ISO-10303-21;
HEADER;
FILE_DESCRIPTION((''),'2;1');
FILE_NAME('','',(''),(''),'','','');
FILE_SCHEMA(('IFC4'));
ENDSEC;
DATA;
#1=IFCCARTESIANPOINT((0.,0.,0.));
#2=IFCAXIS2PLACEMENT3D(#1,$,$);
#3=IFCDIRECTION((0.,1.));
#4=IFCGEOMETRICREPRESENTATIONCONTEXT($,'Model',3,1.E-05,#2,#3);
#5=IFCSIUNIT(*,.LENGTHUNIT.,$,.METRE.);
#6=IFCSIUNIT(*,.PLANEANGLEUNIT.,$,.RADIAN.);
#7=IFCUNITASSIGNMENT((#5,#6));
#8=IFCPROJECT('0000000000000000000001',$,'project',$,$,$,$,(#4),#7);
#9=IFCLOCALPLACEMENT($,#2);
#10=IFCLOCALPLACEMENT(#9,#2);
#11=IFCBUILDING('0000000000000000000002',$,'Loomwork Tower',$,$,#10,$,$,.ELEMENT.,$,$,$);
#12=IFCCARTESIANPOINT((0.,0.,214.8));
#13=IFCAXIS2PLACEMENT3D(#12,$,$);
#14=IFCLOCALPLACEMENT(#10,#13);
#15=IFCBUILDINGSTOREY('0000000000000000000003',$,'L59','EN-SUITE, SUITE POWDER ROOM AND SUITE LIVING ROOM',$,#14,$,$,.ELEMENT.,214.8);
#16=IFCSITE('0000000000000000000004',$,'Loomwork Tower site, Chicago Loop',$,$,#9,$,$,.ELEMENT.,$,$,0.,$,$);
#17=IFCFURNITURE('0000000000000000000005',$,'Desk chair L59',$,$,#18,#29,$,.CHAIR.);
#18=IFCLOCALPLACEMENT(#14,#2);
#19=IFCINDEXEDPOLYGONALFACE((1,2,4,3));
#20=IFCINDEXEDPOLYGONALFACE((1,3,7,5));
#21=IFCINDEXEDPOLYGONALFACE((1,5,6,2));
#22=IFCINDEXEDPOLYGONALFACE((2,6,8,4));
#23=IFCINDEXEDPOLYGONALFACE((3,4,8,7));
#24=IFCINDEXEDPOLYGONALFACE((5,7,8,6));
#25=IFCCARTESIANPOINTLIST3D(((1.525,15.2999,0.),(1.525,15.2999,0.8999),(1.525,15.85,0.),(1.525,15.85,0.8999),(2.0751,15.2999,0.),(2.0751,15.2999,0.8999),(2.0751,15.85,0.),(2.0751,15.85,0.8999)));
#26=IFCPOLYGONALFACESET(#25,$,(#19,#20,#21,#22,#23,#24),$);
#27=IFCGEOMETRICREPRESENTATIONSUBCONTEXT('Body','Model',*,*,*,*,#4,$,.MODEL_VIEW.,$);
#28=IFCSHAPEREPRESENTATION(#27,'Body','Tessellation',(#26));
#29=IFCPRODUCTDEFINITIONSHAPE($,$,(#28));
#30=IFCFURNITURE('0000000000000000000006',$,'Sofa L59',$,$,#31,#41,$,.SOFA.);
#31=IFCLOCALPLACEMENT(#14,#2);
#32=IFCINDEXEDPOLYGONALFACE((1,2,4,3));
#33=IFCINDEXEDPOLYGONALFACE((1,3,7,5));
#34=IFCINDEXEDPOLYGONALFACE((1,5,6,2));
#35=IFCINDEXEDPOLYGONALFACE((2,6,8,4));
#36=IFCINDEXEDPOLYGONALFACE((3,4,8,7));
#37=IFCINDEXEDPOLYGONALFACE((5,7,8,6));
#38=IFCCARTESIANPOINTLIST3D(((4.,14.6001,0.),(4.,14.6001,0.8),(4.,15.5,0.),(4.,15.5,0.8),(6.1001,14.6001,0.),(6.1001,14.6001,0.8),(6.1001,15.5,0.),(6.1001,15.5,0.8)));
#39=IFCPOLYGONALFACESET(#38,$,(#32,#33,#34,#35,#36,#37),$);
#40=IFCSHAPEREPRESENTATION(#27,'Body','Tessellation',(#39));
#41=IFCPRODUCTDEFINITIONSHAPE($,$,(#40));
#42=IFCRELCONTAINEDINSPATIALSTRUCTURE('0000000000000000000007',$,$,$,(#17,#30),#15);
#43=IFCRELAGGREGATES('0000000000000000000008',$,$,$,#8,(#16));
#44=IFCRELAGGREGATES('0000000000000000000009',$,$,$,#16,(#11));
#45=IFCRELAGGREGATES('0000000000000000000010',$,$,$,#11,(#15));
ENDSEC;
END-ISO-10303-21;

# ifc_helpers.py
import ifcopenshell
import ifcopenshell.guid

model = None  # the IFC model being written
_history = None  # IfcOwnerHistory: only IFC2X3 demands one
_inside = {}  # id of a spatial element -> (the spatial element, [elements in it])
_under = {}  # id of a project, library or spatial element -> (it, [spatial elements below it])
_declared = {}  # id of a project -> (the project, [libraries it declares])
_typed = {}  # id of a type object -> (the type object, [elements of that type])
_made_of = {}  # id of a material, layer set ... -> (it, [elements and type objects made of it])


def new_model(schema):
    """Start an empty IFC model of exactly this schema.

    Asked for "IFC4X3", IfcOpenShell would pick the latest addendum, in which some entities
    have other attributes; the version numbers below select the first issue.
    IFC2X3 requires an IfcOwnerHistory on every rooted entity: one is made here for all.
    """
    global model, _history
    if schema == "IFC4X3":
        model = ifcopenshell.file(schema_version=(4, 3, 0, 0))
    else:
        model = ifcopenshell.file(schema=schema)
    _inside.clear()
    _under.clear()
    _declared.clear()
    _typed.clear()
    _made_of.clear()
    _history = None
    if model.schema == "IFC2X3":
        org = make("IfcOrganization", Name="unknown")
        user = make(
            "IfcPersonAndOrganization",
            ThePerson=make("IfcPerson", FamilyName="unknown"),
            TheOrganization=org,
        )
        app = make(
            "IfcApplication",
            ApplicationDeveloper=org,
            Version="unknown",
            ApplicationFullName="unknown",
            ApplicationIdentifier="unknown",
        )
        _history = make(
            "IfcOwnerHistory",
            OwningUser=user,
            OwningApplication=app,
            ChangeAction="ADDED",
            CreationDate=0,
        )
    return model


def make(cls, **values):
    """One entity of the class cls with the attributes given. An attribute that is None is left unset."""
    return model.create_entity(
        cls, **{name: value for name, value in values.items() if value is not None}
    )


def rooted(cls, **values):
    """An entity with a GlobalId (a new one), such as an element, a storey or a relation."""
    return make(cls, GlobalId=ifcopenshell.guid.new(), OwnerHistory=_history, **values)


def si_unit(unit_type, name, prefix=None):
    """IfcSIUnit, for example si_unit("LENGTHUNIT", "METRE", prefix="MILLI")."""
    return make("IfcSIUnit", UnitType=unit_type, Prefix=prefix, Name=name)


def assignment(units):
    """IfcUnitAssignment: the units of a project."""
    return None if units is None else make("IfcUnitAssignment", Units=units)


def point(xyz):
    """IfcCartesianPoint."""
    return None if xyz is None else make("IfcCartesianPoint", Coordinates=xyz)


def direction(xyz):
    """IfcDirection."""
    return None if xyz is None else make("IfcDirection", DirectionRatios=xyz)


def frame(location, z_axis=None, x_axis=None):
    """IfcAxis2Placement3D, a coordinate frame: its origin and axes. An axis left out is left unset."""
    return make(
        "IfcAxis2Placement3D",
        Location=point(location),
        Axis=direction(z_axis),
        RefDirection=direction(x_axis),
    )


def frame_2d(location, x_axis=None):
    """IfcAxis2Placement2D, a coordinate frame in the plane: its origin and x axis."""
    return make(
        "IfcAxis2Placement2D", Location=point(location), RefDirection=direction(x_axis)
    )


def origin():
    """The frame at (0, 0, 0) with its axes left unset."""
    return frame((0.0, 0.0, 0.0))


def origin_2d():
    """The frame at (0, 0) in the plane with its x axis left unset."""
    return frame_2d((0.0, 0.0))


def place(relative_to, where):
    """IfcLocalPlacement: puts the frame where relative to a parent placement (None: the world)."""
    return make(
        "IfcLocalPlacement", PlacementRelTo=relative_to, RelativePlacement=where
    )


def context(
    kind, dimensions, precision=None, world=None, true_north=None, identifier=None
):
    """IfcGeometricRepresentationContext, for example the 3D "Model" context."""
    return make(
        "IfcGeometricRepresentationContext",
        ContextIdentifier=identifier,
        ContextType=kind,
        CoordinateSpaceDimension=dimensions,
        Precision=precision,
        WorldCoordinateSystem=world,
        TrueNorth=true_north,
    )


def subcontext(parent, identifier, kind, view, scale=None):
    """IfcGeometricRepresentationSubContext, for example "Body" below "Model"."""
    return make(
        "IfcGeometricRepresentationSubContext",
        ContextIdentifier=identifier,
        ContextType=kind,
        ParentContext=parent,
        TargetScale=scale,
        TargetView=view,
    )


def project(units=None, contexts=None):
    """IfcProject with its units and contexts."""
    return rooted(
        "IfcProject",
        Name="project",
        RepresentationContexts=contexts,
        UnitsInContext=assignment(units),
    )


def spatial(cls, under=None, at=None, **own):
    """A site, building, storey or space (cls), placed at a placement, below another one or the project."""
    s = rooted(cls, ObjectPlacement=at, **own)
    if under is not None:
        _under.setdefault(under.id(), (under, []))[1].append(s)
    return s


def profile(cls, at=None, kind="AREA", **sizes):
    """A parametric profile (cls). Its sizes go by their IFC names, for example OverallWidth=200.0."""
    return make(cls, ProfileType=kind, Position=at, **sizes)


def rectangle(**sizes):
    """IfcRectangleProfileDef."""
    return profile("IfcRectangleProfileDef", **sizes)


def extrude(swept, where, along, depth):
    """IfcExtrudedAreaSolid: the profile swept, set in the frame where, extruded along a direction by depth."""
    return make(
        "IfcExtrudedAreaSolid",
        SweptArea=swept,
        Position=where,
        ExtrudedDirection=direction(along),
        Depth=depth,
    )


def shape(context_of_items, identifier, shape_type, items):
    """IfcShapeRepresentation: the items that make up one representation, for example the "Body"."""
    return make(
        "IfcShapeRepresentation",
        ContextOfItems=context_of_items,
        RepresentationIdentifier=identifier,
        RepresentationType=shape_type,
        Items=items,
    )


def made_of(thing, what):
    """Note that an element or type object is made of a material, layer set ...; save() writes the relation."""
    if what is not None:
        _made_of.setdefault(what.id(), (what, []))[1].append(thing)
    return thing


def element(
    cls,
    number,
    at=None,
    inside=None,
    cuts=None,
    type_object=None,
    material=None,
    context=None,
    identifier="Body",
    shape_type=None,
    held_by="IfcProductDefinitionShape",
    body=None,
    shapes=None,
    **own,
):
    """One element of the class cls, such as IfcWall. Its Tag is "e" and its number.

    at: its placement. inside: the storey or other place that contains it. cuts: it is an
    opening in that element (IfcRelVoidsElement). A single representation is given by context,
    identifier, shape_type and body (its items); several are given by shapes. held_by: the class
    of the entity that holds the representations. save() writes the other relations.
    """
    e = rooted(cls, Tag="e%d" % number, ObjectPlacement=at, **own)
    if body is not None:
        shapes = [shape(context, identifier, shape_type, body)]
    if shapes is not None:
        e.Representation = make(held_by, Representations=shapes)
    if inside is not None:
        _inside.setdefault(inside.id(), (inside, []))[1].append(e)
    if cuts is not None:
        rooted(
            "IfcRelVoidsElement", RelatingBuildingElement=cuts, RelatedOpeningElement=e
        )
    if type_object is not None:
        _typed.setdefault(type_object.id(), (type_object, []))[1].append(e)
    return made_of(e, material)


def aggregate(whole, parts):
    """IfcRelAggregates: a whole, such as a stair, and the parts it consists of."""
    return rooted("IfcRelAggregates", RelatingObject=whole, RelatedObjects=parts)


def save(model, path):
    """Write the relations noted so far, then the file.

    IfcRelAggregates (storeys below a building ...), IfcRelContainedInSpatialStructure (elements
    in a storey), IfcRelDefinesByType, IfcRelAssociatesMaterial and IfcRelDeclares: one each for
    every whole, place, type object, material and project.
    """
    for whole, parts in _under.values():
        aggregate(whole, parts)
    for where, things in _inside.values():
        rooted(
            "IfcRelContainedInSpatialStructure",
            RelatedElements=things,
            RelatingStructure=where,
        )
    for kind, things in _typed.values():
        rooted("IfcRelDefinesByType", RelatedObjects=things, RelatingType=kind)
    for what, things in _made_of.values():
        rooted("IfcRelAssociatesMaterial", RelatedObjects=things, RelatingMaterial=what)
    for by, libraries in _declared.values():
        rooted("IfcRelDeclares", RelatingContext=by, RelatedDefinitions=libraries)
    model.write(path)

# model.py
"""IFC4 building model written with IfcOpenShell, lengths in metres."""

from ifc_helpers import new_model, si_unit, direction, frame, origin, origin_2d, place, context, subcontext, project, spatial, rectangle, extrude, element, save


model = new_model("IFC4")

# Units and contexts
model_context = context("Model", 3, precision=1e-05, world=origin(), true_north=direction((0.0, 1.0)))
body_context = subcontext(model_context, "Body", "Model", "MODEL_VIEW")
ifc_project = project(units=[si_unit("LENGTHUNIT", "METRE"), si_unit("PLANEANGLEUNIT", "RADIAN")], contexts=[model_context])

# Site, building, storey
site_placement = place(None, origin())
site = spatial("IfcSite", under=ifc_project, at=site_placement, Name="Loomwork Tower site, Chicago Loop", CompositionType="ELEMENT", RefElevation=0.0)
building_placement = place(site_placement, origin())
building = spatial("IfcBuilding", under=site, at=building_placement, Name="Loomwork Tower", CompositionType="ELEMENT")
storey_placement = place(building_placement, frame((0.0, 0.0, 214.8)))
storey = spatial("IfcBuildingStorey", under=building, at=storey_placement, Name="L59", Description="EN-SUITE, SUITE POWDER ROOM AND SUITE LIVING ROOM", CompositionType="ELEMENT", Elevation=214.8)

# Furniture
furniture_1_placement = place(storey_placement, frame((1.8, 15.575, 0.0), z_axis=(0.0, 0.0, 1.0), x_axis=(1.0, 0.0, 0.0)))
element("IfcFurniture", 1, at=furniture_1_placement, inside=storey, Name="Desk chair L59", PredefinedType="CHAIR", context=body_context, shape_type="SweptSolid", body=[
    extrude(rectangle(XDim=0.55, YDim=0.55, at=origin_2d()), origin(), (0.0, 0.0, 1.0), 0.8999),
])
furniture_2_placement = place(storey_placement, frame((5.05, 15.05, 0.0), z_axis=(0.0, 0.0, 1.0), x_axis=(1.0, 0.0, 0.0)))
element("IfcFurniture", 2, at=furniture_2_placement, inside=storey, Name="Sofa L59", PredefinedType="SOFA", context=body_context, shape_type="SweptSolid", body=[
    extrude(rectangle(XDim=2.1001, YDim=0.8999, at=origin_2d()), origin(), (0.0, 0.0, 1.0), 0.8),
])

save(model, "model.ifc")
